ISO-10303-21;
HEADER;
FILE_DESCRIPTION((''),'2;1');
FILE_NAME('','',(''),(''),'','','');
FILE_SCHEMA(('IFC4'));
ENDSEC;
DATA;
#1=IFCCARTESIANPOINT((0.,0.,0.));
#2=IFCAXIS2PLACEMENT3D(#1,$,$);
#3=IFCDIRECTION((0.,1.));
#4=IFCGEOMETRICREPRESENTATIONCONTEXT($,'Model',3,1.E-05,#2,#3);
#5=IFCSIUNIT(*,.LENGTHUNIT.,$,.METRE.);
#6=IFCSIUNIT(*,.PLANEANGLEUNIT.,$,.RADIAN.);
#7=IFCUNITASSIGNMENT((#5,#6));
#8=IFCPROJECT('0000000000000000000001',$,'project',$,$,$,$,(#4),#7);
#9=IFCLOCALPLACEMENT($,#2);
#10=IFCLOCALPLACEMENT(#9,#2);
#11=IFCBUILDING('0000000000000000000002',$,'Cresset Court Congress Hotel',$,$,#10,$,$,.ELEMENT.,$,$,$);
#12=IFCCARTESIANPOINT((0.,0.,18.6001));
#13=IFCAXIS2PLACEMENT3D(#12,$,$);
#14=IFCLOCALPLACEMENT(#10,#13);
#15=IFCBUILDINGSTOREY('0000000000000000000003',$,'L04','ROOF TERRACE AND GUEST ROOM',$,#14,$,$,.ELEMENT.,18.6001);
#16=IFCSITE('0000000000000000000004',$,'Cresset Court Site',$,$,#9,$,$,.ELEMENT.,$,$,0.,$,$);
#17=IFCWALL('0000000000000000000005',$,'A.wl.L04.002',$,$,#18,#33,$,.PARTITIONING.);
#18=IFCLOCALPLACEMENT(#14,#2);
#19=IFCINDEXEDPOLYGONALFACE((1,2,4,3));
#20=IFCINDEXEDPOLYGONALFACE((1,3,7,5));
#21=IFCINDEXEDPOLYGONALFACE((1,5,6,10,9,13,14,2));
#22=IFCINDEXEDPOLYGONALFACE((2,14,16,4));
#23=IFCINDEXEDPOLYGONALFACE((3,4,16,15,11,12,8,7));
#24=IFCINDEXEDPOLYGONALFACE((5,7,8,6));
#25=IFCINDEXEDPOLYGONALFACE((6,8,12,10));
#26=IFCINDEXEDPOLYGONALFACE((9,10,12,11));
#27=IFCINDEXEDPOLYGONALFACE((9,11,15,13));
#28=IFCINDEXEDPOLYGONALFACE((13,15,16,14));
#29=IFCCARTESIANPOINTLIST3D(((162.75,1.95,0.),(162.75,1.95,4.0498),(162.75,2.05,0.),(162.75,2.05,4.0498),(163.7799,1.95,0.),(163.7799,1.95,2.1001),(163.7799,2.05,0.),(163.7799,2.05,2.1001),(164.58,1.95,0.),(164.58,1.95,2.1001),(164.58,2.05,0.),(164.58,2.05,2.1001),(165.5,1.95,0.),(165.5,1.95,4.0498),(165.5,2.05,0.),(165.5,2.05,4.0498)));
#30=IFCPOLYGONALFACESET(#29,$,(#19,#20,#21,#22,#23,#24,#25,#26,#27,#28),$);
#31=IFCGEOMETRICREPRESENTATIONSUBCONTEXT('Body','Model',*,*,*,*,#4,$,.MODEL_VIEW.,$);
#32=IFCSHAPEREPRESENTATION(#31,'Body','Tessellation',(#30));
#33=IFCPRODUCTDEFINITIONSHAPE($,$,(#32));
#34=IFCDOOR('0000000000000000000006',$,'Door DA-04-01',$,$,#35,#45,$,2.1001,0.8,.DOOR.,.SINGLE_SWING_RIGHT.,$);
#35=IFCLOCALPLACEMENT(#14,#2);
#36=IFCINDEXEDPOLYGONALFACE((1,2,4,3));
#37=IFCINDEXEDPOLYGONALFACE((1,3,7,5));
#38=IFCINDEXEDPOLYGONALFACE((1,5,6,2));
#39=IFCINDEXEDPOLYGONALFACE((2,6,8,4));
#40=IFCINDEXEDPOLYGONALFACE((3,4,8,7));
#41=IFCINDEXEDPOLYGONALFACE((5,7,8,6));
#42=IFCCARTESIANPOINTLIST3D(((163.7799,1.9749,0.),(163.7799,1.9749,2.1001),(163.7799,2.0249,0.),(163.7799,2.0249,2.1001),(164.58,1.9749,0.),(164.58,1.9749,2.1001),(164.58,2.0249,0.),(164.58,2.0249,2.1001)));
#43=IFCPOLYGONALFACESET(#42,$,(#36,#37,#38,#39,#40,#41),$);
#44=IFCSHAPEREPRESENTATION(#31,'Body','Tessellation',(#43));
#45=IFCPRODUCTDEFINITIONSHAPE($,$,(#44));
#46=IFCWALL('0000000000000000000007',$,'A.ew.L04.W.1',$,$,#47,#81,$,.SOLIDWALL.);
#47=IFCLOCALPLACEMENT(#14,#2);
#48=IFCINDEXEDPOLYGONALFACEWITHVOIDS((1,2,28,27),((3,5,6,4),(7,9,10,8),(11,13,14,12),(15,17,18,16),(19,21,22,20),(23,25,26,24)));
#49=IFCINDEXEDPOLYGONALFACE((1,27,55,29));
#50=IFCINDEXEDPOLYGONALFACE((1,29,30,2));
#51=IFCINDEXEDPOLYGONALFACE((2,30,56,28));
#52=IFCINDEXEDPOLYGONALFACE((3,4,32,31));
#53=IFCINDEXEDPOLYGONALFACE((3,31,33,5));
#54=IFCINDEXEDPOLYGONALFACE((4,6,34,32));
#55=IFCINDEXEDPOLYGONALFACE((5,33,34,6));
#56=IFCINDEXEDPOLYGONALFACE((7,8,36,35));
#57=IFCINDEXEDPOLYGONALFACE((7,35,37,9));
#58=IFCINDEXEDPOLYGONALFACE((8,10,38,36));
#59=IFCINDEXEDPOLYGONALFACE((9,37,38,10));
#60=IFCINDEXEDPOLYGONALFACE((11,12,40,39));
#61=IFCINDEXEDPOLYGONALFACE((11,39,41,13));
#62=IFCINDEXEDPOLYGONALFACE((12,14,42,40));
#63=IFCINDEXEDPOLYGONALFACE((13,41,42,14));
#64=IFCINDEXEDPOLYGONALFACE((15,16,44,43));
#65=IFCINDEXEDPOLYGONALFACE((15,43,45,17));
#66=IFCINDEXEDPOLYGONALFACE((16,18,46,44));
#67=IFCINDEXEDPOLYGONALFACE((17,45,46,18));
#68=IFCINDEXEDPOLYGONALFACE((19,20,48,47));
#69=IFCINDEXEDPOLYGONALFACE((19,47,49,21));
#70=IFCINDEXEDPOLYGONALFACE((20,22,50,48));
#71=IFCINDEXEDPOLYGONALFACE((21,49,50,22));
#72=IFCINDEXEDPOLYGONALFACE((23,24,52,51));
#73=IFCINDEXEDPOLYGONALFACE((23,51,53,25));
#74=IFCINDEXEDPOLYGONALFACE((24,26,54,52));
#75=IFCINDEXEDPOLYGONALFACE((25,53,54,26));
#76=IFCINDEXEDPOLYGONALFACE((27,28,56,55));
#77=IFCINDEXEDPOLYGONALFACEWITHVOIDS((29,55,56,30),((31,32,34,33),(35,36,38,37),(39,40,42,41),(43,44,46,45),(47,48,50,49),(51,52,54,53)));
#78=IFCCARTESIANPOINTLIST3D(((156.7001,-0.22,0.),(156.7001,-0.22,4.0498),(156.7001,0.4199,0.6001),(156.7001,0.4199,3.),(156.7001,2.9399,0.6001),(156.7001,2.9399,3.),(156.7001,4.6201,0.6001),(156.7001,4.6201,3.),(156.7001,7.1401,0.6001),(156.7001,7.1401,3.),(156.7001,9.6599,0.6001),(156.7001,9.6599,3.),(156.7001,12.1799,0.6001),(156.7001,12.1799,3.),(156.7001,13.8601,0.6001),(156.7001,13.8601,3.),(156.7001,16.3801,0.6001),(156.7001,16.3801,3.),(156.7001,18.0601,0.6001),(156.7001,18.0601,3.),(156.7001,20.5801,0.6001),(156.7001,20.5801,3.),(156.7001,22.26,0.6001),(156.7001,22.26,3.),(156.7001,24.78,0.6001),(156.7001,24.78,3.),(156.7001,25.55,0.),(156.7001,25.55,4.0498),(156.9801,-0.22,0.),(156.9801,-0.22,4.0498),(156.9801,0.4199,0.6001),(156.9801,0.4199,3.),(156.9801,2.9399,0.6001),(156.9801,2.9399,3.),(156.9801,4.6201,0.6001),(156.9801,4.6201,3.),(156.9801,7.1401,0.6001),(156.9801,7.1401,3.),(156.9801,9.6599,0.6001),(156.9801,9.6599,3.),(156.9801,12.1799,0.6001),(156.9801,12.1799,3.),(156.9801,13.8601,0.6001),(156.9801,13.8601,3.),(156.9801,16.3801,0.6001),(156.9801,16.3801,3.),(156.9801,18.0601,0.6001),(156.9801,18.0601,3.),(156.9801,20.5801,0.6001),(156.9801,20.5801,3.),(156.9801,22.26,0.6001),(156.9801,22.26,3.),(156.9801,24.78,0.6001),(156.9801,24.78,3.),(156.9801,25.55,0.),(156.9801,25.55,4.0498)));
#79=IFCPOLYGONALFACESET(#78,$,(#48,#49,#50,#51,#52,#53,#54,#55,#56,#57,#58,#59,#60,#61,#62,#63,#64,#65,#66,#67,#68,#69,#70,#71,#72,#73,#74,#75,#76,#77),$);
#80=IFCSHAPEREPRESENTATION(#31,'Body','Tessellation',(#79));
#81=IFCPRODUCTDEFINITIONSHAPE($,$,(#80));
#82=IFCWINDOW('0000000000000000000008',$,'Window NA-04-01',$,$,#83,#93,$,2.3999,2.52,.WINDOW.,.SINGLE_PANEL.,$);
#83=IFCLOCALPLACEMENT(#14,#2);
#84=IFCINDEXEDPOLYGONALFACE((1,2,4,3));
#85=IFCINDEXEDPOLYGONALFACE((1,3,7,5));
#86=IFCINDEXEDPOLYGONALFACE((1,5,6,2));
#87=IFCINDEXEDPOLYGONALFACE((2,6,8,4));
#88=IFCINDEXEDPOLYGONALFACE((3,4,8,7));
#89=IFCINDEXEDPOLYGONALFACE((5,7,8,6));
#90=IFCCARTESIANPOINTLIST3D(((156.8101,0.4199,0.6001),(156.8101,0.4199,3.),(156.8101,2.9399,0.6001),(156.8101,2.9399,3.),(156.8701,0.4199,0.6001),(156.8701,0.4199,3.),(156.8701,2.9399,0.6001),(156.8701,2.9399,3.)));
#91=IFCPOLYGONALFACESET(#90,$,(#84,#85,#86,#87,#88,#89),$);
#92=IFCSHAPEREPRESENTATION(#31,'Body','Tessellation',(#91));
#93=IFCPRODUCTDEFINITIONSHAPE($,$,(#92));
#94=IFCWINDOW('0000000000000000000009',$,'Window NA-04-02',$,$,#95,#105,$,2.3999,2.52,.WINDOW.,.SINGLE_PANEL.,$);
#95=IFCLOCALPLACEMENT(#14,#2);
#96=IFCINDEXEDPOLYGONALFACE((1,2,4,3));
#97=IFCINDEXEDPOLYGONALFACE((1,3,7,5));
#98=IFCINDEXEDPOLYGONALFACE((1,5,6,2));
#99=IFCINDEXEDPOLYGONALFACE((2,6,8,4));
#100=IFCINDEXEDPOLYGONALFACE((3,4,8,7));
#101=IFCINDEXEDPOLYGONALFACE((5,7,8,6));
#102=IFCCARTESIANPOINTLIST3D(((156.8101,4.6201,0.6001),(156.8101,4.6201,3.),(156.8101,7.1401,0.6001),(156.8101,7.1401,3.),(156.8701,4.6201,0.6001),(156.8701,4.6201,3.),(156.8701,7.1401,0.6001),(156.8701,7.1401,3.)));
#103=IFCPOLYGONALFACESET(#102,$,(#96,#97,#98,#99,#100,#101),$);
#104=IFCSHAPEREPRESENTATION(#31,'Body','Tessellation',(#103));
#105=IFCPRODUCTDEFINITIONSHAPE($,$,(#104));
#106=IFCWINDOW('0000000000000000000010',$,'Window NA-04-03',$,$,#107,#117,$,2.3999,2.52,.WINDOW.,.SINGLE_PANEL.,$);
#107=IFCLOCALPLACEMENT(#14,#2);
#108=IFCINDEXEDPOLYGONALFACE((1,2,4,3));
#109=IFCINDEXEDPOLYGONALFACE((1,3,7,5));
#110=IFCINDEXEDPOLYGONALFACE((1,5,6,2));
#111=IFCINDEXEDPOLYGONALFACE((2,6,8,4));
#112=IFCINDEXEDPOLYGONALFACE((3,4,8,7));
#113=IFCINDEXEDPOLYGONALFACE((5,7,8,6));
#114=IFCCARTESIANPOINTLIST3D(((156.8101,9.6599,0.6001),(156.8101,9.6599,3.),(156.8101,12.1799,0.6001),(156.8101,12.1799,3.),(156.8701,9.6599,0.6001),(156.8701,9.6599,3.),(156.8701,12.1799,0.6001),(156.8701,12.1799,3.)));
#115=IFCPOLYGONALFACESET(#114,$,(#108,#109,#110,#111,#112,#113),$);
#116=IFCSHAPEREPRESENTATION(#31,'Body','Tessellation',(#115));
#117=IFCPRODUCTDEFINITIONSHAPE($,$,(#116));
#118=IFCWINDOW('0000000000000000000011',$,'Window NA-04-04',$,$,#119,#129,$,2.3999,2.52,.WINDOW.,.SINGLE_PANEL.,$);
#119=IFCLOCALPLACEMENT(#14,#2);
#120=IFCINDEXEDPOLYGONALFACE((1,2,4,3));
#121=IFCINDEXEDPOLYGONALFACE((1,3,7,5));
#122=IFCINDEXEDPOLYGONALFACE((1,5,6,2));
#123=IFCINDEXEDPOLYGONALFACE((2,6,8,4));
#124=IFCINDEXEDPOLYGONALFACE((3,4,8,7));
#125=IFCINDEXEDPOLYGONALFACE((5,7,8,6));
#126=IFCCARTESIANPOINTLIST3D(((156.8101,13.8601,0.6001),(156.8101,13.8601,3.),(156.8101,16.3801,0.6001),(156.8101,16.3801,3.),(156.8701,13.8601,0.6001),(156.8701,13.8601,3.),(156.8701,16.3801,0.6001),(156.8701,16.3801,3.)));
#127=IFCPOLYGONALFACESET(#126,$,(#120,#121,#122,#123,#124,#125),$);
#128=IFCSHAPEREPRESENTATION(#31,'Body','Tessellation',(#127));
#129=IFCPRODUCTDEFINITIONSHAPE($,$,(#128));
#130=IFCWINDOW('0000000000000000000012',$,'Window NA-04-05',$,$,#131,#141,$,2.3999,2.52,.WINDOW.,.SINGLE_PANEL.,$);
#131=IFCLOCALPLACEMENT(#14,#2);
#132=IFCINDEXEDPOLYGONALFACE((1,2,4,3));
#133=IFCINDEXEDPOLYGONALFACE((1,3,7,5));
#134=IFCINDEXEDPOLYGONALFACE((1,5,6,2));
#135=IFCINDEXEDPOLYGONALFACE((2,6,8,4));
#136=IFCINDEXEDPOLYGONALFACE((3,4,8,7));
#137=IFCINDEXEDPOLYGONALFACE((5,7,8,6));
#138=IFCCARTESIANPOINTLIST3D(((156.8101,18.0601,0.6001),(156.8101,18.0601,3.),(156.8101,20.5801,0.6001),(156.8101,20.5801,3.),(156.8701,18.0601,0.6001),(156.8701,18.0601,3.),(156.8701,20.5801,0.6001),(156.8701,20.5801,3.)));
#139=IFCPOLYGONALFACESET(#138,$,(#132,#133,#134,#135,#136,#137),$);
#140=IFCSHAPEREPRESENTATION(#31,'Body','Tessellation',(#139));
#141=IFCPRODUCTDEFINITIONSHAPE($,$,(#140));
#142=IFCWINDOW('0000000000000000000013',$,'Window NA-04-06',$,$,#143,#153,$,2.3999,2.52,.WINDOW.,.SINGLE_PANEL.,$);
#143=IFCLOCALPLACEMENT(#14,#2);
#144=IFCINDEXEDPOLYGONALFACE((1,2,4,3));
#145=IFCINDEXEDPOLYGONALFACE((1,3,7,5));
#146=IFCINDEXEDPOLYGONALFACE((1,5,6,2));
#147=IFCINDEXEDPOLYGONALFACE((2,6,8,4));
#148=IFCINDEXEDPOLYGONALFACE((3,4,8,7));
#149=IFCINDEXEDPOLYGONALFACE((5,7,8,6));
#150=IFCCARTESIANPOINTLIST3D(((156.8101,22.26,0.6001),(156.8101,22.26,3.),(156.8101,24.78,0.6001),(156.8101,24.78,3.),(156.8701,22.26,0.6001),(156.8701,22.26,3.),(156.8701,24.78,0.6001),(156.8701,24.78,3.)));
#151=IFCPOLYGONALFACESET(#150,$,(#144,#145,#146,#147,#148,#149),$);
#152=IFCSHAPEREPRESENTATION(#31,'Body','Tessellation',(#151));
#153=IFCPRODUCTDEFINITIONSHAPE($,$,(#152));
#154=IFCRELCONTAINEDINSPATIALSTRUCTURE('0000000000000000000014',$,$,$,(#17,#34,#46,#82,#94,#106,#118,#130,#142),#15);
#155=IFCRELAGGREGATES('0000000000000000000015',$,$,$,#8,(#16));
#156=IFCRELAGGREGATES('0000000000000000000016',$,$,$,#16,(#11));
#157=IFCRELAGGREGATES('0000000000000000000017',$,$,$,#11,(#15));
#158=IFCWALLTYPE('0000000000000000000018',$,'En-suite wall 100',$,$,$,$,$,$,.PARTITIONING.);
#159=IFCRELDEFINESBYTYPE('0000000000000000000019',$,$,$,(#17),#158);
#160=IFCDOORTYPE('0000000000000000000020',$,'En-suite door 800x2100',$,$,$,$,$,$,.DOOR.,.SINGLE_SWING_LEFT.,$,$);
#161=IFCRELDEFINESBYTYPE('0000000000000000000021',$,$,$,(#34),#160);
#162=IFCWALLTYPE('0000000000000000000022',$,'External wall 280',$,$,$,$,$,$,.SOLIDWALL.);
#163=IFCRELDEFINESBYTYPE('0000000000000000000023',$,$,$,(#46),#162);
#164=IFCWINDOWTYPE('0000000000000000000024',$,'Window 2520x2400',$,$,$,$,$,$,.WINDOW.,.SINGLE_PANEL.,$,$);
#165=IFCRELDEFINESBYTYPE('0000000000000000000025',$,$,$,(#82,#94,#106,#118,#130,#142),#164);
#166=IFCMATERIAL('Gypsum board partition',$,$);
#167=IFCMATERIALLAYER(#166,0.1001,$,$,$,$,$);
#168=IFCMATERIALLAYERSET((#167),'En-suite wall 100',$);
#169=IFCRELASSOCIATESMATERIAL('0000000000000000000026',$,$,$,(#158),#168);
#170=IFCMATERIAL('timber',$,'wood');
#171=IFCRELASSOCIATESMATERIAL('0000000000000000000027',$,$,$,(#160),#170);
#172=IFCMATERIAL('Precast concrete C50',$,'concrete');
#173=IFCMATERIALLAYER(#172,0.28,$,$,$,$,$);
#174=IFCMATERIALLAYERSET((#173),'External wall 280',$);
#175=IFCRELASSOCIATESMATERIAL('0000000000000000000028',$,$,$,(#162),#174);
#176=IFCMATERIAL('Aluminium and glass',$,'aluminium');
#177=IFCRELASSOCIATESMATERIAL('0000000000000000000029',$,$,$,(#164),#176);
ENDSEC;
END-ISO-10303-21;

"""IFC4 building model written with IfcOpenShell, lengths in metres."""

from ifc_helpers import new_model, si_unit, direction, frame, frame_2d, origin, place, context, subcontext, project, spatial, rectangle, extrude, material, layer, layer_set, type_object, element, fill, save


model = new_model("IFC4")

# Units and contexts
model_context = context("Model", 3, precision=1e-05, world=origin(), true_north=direction((0.0, 1.0)))
body_context = subcontext(model_context, "Body", "Model", "MODEL_VIEW")
ifc_project = project(units=[si_unit("LENGTHUNIT", "METRE"), si_unit("PLANEANGLEUNIT", "RADIAN")], contexts=[model_context])

# Site, building, storey
site_placement = place(None, origin())
site = spatial("IfcSite", under=ifc_project, at=site_placement, Name="Cresset Court Site", CompositionType="ELEMENT", RefElevation=0.0)
building_placement = place(site_placement, origin())
building = spatial("IfcBuilding", under=site, at=building_placement, Name="Cresset Court Congress Hotel", CompositionType="ELEMENT")
storey_placement = place(building_placement, frame((0.0, 0.0, 18.6001)))
storey = spatial("IfcBuildingStorey", under=building, at=storey_placement, Name="L04", Description="ROOF TERRACE AND GUEST ROOM", CompositionType="ELEMENT", Elevation=18.6001)

# Shared definitions
ifc_material_1 = material(Name="Gypsum board partition")
ifc_layer_1 = layer(ifc_material_1, 0.1001)
ifc_layer_set_1 = layer_set([ifc_layer_1], Name="En-suite wall 100")
wall_type_1 = type_object("IfcWallType", Name="En-suite wall 100", PredefinedType="PARTITIONING", material=ifc_layer_set_1)

# Wall, opening, door
wall_1_placement = place(storey_placement, frame((162.75, 2.0, 0.0), z_axis=(0.0, 0.0, 1.0), x_axis=(1.0, 0.0, 0.0)))
wall_1 = element("IfcWall", 1, at=wall_1_placement, inside=storey, type_object=wall_type_1, Name="A.wl.L04.002", PredefinedType="PARTITIONING", context=body_context, shape_type="SweptSolid", body=[
    extrude(rectangle(XDim=2.75, YDim=0.1001, at=frame_2d((1.375, 0.0))), origin(), (0.0, 0.0, 1.0), 4.0498),
])
opening_1_placement = place(wall_1_placement, frame((1.03, 0.0, 0.0)))
opening_1 = element("IfcOpeningElement", 2, at=opening_1_placement, cuts=wall_1, PredefinedType="OPENING", context=body_context, shape_type="SweptSolid", body=[
    extrude(rectangle(XDim=0.8, YDim=2.1001, at=frame_2d((0.3999, 1.05))), frame((0.0, 0.0601, 0.0), z_axis=(0.0, -1.0, 0.0), x_axis=(1.0, 0.0, 0.0)), (0.0, 0.0, 1.0), 0.1201),
])
ifc_material_2 = material(Name="timber", Category="wood")
door_type = type_object("IfcDoorType", Name="En-suite door 800x2100", OperationType="SINGLE_SWING_LEFT", PredefinedType="DOOR", material=ifc_material_2)
door_placement = place(opening_1_placement, origin())
door = element("IfcDoor", 3, at=door_placement, inside=storey, type_object=door_type, Name="Door DA-04-01", OperationType="SINGLE_SWING_RIGHT", OverallHeight=2.1001, OverallWidth=0.8, PredefinedType="DOOR", context=body_context, shape_type="SweptSolid", body=[
    extrude(rectangle(XDim=0.8, YDim=2.1001, at=frame_2d((0.3999, 1.05))), frame((0.0, 0.0249, 0.0), z_axis=(0.0, -1.0, 0.0), x_axis=(1.0, 0.0, 0.0)), (0.0, 0.0, 1.0), 0.05),
])
fill(opening_1, door)

# Wall, openings, windows
ifc_material_3 = material(Name="Precast concrete C50", Category="concrete")
ifc_layer_2 = layer(ifc_material_3, 0.28)
ifc_layer_set_2 = layer_set([ifc_layer_2], Name="External wall 280")
wall_type_2 = type_object("IfcWallType", Name="External wall 280", PredefinedType="SOLIDWALL", material=ifc_layer_set_2)
wall_2_placement = place(storey_placement, frame((156.8401, -0.22, 0.0), z_axis=(0.0, 0.0, 1.0), x_axis=(0.0, 1.0, 0.0)))
wall_2 = element("IfcWall", 4, at=wall_2_placement, inside=storey, type_object=wall_type_2, Name="A.ew.L04.W.1", PredefinedType="SOLIDWALL", context=body_context, shape_type="SweptSolid", body=[
    extrude(rectangle(XDim=25.77, YDim=0.28, at=frame_2d((12.885, 0.0))), origin(), (0.0, 0.0, 1.0), 4.0498),
])
opening_2_placement = place(wall_2_placement, frame((0.6399, 0.0, 0.6001)))
opening_2 = element("IfcOpeningElement", 5, at=opening_2_placement, cuts=wall_2, PredefinedType="OPENING", context=body_context, shape_type="SweptSolid", body=[
    extrude(rectangle(XDim=2.52, YDim=2.3999, at=frame_2d((1.26, 1.2))), frame((0.0, 0.1499, 0.0), z_axis=(0.0, -1.0, 0.0), x_axis=(1.0, 0.0, 0.0)), (0.0, 0.0, 1.0), 0.3),
])
opening_3_placement = place(wall_2_placement, frame((4.8401, 0.0, 0.6001)))
opening_3 = element("IfcOpeningElement", 6, at=opening_3_placement, cuts=wall_2, PredefinedType="OPENING", context=body_context, shape_type="SweptSolid", body=[
    extrude(rectangle(XDim=2.52, YDim=2.3999, at=frame_2d((1.26, 1.2))), frame((0.0, 0.1499, 0.0), z_axis=(0.0, -1.0, 0.0), x_axis=(1.0, 0.0, 0.0)), (0.0, 0.0, 1.0), 0.3),
])
opening_4_placement = place(wall_2_placement, frame((9.8799, 0.0, 0.6001)))
opening_4 = element("IfcOpeningElement", 7, at=opening_4_placement, cuts=wall_2, PredefinedType="OPENING", context=body_context, shape_type="SweptSolid", body=[
    extrude(rectangle(XDim=2.52, YDim=2.3999, at=frame_2d((1.26, 1.2))), frame((0.0, 0.1499, 0.0), z_axis=(0.0, -1.0, 0.0), x_axis=(1.0, 0.0, 0.0)), (0.0, 0.0, 1.0), 0.3),
])
opening_5_placement = place(wall_2_placement, frame((14.0801, 0.0, 0.6001)))
opening_5 = element("IfcOpeningElement", 8, at=opening_5_placement, cuts=wall_2, PredefinedType="OPENING", context=body_context, shape_type="SweptSolid", body=[
    extrude(rectangle(XDim=2.52, YDim=2.3999, at=frame_2d((1.26, 1.2))), frame((0.0, 0.1499, 0.0), z_axis=(0.0, -1.0, 0.0), x_axis=(1.0, 0.0, 0.0)), (0.0, 0.0, 1.0), 0.3),
])
opening_6_placement = place(wall_2_placement, frame((18.28, 0.0, 0.6001)))
opening_6 = element("IfcOpeningElement", 9, at=opening_6_placement, cuts=wall_2, PredefinedType="OPENING", context=body_context, shape_type="SweptSolid", body=[
    extrude(rectangle(XDim=2.52, YDim=2.3999, at=frame_2d((1.26, 1.2))), frame((0.0, 0.1499, 0.0), z_axis=(0.0, -1.0, 0.0), x_axis=(1.0, 0.0, 0.0)), (0.0, 0.0, 1.0), 0.3),
])
opening_7_placement = place(wall_2_placement, frame((22.48, 0.0, 0.6001)))
opening_7 = element("IfcOpeningElement", 10, at=opening_7_placement, cuts=wall_2, PredefinedType="OPENING", context=body_context, shape_type="SweptSolid", body=[
    extrude(rectangle(XDim=2.52, YDim=2.3999, at=frame_2d((1.26, 1.2))), frame((0.0, 0.1499, 0.0), z_axis=(0.0, -1.0, 0.0), x_axis=(1.0, 0.0, 0.0)), (0.0, 0.0, 1.0), 0.3),
])
ifc_material_4 = material(Name="Aluminium and glass", Category="aluminium")
window_type_1 = type_object("IfcWindowType", Name="Window 2520x2400", PartitioningType="SINGLE_PANEL", PredefinedType="WINDOW", material=ifc_material_4)
window_1_placement = place(opening_2_placement, origin())
window_1 = element("IfcWindow", 11, at=window_1_placement, inside=storey, type_object=window_type_1, Name="Window NA-04-01", OverallHeight=2.3999, OverallWidth=2.52, PartitioningType="SINGLE_PANEL", PredefinedType="WINDOW", context=body_context, shape_type="SweptSolid", body=[
    extrude(rectangle(XDim=2.52, YDim=2.3999, at=frame_2d((1.26, 1.2))), frame((0.0, 0.03, 0.0), z_axis=(0.0, -1.0, 0.0), x_axis=(1.0, 0.0, 0.0)), (0.0, 0.0, 1.0), 0.0601),
])
fill(opening_2, window_1)
window_2_placement = place(opening_3_placement, origin())
window_2 = element("IfcWindow", 12, at=window_2_placement, inside=storey, type_object=window_type_1, Name="Window NA-04-02", OverallHeight=2.3999, OverallWidth=2.52, PartitioningType="SINGLE_PANEL", PredefinedType="WINDOW", context=body_context, shape_type="SweptSolid", body=[
    extrude(rectangle(XDim=2.52, YDim=2.3999, at=frame_2d((1.26, 1.2))), frame((0.0, 0.03, 0.0), z_axis=(0.0, -1.0, 0.0), x_axis=(1.0, 0.0, 0.0)), (0.0, 0.0, 1.0), 0.0601),
])
fill(opening_3, window_2)
window_3_placement = place(opening_4_placement, origin())
window_3 = element("IfcWindow", 13, at=window_3_placement, inside=storey, type_object=window_type_1, Name="Window NA-04-03", OverallHeight=2.3999, OverallWidth=2.52, PartitioningType="SINGLE_PANEL", PredefinedType="WINDOW", context=body_context, shape_type="SweptSolid", body=[
    extrude(rectangle(XDim=2.52, YDim=2.3999, at=frame_2d((1.26, 1.2))), frame((0.0, 0.03, 0.0), z_axis=(0.0, -1.0, 0.0), x_axis=(1.0, 0.0, 0.0)), (0.0, 0.0, 1.0), 0.0601),
])
fill(opening_4, window_3)
window_4_placement = place(opening_5_placement, origin())
window_4 = element("IfcWindow", 14, at=window_4_placement, inside=storey, type_object=window_type_1, Name="Window NA-04-04", OverallHeight=2.3999, OverallWidth=2.52, PartitioningType="SINGLE_PANEL", PredefinedType="WINDOW", context=body_context, shape_type="SweptSolid", body=[
    extrude(rectangle(XDim=2.52, YDim=2.3999, at=frame_2d((1.26, 1.2))), frame((0.0, 0.03, 0.0), z_axis=(0.0, -1.0, 0.0), x_axis=(1.0, 0.0, 0.0)), (0.0, 0.0, 1.0), 0.0601),
])
fill(opening_5, window_4)
window_5_placement = place(opening_6_placement, origin())
window_5 = element("IfcWindow", 15, at=window_5_placement, inside=storey, type_object=window_type_1, Name="Window NA-04-05", OverallHeight=2.3999, OverallWidth=2.52, PartitioningType="SINGLE_PANEL", PredefinedType="WINDOW", context=body_context, shape_type="SweptSolid", body=[
    extrude(rectangle(XDim=2.52, YDim=2.3999, at=frame_2d((1.26, 1.2))), frame((0.0, 0.03, 0.0), z_axis=(0.0, -1.0, 0.0), x_axis=(1.0, 0.0, 0.0)), (0.0, 0.0, 1.0), 0.0601),
])
fill(opening_6, window_5)
window_6_placement = place(opening_7_placement, origin())
window_6 = element("IfcWindow", 16, at=window_6_placement, inside=storey, type_object=window_type_1, Name="Window NA-04-06", OverallHeight=2.3999, OverallWidth=2.52, PartitioningType="SINGLE_PANEL", PredefinedType="WINDOW", context=body_context, shape_type="SweptSolid", body=[
    extrude(rectangle(XDim=2.52, YDim=2.3999, at=frame_2d((1.26, 1.2))), frame((0.0, 0.03, 0.0), z_axis=(0.0, -1.0, 0.0), x_axis=(1.0, 0.0, 0.0)), (0.0, 0.0, 1.0), 0.0601),
])
fill(opening_7, window_6)

save(model, "model.ifc")
